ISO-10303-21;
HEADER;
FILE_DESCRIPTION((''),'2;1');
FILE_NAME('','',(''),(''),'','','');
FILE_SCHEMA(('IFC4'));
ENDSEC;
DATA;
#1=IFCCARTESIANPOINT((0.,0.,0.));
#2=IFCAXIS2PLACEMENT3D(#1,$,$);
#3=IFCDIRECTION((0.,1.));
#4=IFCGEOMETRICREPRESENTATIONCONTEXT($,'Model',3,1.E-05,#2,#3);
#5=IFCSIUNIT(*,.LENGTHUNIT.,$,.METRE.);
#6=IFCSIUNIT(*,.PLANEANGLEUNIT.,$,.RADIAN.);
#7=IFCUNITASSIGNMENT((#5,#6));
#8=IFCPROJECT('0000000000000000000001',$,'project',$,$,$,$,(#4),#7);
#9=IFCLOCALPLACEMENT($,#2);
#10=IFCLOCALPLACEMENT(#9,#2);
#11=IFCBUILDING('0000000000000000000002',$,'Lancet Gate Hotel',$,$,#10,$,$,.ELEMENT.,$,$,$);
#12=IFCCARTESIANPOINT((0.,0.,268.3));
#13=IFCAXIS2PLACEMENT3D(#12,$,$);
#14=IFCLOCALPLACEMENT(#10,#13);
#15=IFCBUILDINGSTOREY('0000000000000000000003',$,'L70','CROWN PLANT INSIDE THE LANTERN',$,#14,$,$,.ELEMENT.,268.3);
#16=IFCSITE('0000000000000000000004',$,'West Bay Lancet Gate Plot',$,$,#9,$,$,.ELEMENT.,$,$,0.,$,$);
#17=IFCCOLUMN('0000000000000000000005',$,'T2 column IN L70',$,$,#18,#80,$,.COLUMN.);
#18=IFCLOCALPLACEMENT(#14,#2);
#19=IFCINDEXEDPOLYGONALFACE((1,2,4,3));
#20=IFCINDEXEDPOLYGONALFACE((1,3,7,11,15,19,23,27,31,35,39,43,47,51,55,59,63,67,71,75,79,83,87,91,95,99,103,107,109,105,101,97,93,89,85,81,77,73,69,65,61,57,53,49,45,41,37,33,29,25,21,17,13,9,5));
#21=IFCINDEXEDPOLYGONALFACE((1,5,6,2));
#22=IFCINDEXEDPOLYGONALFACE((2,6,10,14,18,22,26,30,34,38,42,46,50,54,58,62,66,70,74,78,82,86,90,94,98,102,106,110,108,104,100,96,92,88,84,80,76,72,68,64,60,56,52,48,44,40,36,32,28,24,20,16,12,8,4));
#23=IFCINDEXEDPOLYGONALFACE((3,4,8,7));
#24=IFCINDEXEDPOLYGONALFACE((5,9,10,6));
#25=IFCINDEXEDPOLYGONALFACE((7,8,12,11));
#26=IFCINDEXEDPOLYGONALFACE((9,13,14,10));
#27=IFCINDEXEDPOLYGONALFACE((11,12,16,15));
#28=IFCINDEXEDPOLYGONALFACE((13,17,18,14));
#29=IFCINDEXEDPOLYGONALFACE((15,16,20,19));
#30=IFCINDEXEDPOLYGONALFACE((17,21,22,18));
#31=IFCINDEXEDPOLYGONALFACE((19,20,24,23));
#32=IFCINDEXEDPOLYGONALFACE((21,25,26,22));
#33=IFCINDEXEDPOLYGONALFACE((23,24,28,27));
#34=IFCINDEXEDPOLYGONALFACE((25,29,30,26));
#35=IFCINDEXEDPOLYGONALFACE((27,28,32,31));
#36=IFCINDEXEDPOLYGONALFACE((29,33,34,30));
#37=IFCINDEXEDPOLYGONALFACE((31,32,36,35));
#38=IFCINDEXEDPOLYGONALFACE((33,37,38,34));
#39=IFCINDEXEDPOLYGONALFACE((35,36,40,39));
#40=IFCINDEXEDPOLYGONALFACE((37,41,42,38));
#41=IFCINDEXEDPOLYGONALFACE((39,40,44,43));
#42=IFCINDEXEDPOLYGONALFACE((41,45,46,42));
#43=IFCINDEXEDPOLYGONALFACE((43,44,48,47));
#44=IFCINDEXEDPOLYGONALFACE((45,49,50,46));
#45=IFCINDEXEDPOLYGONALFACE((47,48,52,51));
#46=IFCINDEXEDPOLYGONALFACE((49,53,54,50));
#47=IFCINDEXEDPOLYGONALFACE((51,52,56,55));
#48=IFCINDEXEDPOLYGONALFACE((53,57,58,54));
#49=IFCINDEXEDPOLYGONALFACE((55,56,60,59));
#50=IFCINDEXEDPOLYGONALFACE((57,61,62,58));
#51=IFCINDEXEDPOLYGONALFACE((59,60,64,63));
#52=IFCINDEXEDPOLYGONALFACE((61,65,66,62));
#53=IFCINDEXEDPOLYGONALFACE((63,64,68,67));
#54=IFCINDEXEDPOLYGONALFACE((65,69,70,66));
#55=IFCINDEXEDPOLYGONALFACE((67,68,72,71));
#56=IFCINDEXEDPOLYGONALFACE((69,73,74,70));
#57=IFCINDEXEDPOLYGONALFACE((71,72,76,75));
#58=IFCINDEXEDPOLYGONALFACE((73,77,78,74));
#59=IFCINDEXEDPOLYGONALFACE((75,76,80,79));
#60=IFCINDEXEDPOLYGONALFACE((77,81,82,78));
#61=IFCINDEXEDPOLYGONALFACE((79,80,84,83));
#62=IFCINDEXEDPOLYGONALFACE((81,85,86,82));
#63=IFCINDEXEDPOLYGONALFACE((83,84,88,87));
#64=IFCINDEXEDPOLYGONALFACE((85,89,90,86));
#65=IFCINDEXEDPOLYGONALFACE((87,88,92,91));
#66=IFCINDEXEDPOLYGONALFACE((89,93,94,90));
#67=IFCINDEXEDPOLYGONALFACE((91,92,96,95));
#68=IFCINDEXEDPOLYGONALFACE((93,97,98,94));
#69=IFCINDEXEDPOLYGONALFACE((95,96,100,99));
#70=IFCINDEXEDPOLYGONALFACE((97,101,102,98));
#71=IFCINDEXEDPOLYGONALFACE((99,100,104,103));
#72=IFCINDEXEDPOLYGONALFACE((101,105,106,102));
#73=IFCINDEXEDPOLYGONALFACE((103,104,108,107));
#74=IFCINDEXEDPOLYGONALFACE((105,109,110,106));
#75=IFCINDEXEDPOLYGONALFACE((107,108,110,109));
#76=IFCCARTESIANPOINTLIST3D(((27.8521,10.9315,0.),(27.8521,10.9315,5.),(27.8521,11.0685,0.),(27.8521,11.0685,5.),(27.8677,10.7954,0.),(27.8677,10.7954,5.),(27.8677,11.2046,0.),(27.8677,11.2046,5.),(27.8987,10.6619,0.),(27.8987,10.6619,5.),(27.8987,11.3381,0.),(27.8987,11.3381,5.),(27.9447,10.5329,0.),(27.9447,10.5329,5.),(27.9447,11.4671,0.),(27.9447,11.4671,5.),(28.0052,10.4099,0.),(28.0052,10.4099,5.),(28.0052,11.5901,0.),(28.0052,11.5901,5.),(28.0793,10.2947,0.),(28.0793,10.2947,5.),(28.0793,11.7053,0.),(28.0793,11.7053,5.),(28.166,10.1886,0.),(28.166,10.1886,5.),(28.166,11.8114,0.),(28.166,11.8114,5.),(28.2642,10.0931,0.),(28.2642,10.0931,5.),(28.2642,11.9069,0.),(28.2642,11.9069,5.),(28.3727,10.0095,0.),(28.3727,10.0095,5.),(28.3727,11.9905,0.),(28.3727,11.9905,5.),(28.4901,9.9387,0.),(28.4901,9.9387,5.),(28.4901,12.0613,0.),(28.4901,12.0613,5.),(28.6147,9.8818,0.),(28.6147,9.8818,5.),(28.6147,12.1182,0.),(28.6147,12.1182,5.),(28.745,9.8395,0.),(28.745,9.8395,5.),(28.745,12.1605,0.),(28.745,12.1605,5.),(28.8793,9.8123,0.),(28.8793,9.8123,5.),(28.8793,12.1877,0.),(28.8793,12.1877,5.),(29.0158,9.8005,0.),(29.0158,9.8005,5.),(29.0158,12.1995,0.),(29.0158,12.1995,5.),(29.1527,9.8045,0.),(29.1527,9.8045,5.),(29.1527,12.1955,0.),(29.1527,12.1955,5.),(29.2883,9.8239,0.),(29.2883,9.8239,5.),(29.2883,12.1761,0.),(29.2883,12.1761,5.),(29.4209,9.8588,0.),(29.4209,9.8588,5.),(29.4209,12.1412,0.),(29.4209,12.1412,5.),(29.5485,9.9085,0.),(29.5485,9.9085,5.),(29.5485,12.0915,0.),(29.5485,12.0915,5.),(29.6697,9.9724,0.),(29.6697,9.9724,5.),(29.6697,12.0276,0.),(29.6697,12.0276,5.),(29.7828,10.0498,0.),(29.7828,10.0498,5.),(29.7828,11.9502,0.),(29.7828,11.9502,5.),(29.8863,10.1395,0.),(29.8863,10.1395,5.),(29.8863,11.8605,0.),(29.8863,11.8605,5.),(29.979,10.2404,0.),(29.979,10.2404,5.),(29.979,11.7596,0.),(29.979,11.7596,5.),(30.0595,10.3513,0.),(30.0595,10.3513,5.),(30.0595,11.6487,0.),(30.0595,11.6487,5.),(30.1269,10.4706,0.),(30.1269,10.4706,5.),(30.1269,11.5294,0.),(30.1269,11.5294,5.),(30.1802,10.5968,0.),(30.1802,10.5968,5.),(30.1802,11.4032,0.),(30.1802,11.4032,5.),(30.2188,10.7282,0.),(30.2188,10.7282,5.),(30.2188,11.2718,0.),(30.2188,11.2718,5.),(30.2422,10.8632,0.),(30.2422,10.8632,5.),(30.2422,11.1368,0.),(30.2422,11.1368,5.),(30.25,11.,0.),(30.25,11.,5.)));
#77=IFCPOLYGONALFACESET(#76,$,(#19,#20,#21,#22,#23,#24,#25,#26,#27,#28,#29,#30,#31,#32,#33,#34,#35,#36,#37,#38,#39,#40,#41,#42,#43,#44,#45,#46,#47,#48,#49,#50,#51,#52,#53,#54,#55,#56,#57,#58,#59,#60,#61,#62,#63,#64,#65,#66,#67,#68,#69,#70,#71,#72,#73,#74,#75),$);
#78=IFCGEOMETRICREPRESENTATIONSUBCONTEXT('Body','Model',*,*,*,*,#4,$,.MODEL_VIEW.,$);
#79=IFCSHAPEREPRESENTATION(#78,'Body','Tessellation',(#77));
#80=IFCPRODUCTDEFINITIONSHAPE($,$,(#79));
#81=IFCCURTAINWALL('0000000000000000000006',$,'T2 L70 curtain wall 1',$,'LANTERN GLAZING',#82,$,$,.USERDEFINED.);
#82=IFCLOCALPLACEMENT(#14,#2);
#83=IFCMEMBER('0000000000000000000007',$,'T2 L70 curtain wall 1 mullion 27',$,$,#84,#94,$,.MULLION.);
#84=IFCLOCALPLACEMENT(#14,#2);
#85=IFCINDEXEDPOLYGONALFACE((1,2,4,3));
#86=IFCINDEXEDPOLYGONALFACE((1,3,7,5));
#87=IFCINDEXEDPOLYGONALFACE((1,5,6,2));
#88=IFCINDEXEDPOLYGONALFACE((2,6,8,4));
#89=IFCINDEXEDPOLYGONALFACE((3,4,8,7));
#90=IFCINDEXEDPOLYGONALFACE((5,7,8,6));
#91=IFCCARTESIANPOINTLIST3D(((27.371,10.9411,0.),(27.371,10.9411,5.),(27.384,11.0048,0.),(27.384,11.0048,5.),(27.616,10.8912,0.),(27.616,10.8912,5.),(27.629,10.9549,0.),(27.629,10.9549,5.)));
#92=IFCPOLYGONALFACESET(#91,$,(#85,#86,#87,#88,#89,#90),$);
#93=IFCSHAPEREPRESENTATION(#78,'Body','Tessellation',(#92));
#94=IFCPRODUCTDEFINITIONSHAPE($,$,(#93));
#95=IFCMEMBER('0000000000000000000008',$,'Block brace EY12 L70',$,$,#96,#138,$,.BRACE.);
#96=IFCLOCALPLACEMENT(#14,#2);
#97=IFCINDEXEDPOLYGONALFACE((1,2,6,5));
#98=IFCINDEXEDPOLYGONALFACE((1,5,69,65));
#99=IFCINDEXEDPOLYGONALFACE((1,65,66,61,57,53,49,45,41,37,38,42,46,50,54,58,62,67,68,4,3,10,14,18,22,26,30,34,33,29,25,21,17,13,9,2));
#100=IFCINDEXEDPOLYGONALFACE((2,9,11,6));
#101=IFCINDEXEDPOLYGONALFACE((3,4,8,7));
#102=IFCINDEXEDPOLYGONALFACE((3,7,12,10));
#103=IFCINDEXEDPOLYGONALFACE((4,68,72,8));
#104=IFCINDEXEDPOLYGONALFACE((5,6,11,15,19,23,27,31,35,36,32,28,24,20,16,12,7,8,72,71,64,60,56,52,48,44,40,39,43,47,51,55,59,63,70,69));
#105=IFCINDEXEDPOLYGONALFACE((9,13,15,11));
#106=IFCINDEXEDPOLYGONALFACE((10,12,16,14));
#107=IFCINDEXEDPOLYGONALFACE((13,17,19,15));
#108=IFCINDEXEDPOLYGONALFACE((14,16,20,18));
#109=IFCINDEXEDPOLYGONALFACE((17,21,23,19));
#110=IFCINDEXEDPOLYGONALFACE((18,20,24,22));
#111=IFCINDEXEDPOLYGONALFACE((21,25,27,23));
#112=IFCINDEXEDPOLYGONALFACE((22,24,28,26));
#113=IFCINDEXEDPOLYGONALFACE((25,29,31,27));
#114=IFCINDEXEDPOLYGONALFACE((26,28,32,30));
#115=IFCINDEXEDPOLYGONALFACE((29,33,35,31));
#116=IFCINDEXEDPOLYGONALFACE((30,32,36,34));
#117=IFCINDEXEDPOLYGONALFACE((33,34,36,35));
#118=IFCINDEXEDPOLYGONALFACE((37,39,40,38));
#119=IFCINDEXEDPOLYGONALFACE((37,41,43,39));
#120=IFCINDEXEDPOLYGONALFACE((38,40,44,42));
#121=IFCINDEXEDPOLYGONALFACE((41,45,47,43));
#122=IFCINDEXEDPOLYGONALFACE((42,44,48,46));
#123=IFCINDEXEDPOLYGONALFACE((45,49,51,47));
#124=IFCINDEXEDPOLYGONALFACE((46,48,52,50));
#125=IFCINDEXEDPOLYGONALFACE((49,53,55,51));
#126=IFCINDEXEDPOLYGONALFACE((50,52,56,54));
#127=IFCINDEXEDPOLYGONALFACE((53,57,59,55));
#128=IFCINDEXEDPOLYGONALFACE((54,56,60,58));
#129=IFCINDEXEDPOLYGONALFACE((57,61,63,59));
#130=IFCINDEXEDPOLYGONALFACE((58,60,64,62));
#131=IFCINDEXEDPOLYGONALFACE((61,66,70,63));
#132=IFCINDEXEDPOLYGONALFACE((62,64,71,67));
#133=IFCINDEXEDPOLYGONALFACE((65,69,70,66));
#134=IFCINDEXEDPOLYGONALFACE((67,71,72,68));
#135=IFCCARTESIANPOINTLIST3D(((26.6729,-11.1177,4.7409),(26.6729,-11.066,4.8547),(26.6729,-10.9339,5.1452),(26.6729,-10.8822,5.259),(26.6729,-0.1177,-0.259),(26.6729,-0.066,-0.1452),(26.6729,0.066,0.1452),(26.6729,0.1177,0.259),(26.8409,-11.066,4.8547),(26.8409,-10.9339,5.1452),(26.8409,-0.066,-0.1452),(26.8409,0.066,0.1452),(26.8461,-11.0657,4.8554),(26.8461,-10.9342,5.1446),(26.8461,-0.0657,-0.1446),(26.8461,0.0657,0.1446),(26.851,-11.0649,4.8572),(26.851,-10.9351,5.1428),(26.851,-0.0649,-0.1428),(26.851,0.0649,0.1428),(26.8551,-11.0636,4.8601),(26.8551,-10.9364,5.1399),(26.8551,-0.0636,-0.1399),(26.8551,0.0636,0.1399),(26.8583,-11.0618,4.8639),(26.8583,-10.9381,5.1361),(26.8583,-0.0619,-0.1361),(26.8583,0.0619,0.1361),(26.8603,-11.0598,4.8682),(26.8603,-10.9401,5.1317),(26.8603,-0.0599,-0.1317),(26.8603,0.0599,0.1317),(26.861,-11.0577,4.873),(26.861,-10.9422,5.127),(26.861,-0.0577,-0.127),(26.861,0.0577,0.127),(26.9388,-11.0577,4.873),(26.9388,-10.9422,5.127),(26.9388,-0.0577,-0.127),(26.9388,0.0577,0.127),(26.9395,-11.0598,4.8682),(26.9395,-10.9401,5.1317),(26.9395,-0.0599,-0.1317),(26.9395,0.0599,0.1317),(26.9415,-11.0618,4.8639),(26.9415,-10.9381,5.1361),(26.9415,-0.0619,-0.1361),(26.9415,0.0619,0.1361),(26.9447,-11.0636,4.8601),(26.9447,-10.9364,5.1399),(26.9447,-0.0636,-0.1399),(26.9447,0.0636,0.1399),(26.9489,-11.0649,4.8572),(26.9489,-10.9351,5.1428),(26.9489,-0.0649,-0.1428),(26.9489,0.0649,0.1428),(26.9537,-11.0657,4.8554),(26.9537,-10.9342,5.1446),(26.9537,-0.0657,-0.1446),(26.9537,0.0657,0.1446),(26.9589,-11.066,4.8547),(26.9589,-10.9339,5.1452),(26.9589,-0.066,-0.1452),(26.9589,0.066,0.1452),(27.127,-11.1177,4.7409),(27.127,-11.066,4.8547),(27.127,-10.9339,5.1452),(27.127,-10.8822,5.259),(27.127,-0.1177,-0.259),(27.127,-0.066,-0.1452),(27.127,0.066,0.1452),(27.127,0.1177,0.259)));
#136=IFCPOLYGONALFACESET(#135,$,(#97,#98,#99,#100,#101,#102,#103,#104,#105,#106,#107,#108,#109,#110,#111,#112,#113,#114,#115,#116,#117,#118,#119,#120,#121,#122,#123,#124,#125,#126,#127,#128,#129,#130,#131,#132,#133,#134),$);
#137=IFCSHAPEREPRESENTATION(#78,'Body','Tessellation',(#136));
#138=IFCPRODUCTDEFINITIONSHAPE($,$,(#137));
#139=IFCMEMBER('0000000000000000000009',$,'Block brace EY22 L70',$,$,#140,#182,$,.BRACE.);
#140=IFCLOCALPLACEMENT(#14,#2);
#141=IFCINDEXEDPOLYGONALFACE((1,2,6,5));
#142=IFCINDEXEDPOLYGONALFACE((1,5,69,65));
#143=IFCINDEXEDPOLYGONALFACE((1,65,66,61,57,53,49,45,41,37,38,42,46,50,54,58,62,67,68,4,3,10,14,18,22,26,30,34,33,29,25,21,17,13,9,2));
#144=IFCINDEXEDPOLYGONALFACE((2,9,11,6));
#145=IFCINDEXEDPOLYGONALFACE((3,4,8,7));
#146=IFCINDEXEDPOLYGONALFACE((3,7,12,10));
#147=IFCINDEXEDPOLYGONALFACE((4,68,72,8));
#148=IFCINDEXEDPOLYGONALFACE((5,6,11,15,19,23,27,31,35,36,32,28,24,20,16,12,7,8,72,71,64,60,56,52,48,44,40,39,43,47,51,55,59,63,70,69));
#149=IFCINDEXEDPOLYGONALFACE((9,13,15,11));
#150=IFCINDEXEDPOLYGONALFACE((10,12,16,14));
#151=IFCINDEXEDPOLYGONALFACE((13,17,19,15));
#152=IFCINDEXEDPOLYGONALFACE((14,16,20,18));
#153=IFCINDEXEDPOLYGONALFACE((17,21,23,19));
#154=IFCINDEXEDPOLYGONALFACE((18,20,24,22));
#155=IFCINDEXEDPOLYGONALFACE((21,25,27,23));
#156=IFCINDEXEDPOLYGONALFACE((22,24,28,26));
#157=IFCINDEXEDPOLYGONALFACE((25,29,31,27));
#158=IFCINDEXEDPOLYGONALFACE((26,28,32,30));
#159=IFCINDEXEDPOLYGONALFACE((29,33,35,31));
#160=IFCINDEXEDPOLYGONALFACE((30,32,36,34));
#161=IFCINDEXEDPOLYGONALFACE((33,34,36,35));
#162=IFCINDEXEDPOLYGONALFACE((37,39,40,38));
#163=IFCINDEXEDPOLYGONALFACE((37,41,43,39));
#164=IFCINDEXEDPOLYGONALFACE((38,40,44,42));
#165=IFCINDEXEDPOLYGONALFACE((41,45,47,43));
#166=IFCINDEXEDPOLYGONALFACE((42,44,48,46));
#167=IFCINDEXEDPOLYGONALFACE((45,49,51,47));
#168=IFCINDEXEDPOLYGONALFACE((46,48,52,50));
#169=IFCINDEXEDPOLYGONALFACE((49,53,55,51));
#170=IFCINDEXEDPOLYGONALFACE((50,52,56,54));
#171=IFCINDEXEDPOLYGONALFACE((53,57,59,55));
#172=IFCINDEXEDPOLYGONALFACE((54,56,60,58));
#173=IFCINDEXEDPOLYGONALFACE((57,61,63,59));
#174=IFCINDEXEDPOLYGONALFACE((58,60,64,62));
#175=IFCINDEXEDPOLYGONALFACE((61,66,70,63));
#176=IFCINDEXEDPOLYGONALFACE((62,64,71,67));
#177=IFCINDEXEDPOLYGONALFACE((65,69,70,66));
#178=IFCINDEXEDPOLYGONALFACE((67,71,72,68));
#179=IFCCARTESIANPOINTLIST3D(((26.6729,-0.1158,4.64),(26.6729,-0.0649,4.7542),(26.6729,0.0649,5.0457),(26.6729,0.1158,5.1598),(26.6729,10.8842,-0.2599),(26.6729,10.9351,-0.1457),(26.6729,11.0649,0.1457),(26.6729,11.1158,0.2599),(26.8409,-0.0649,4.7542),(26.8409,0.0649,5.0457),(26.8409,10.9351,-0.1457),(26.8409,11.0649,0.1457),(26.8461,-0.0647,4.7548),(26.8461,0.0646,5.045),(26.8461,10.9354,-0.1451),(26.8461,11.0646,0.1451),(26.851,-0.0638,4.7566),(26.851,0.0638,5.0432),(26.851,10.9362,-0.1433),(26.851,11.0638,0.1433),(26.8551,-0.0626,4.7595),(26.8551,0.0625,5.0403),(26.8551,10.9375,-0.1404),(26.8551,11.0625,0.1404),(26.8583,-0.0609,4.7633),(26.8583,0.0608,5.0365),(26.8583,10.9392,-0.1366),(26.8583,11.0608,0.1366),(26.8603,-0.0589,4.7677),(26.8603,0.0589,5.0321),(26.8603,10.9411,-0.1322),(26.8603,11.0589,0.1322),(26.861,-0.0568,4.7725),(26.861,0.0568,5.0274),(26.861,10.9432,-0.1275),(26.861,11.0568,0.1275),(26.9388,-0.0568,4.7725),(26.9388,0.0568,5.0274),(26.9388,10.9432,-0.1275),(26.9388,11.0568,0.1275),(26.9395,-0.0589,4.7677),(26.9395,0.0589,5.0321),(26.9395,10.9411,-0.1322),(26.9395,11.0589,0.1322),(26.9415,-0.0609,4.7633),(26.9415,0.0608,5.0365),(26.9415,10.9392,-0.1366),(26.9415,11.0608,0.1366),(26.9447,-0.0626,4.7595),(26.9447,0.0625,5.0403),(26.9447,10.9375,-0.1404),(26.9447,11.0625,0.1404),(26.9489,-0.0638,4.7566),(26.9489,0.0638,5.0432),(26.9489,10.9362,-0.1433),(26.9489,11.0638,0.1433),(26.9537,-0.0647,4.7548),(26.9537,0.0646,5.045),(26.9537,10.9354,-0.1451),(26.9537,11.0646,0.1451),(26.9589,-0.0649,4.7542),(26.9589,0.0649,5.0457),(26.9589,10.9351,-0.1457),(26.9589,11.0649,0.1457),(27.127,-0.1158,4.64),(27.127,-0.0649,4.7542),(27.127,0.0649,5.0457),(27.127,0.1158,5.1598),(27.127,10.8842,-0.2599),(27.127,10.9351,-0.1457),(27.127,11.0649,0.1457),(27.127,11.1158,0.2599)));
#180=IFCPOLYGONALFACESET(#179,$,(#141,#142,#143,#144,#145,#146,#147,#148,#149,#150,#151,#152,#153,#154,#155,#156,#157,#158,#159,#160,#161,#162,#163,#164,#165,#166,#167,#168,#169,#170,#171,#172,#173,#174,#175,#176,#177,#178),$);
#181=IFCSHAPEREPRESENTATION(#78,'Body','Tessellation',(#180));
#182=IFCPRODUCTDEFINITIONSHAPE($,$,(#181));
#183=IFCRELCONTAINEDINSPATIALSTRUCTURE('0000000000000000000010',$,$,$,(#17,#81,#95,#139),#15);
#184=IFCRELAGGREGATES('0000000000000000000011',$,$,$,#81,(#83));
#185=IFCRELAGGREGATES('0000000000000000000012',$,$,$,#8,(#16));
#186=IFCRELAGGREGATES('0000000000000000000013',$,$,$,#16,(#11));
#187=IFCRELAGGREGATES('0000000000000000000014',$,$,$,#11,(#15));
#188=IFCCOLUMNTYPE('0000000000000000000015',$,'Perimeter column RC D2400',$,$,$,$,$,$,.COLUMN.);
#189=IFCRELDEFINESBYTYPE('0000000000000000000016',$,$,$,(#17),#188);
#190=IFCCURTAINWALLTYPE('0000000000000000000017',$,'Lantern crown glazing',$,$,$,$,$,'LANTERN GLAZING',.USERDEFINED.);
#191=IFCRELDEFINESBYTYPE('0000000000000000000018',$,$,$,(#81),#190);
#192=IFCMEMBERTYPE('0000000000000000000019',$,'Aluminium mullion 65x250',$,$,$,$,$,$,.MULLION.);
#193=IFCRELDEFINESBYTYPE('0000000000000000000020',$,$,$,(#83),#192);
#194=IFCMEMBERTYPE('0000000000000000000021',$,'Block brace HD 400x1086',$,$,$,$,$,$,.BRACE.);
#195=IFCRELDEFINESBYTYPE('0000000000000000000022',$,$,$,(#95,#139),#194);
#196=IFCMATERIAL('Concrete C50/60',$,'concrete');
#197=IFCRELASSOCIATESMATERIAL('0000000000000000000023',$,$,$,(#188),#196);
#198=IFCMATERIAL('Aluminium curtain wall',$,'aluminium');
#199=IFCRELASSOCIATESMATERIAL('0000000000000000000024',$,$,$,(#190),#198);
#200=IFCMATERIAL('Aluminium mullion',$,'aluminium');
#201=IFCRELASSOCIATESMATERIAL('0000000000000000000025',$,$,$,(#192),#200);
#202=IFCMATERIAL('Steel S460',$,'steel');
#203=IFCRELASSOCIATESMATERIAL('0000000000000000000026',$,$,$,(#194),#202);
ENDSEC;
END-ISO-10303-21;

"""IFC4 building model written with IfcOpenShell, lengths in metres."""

from ifc_helpers import new_model, si_unit, direction, frame, origin, origin_2d, place, context, subcontext, project, spatial, rectangle, circle, i_section, extrude, material, material_profile, profile_set, type_object, element, aggregate, save


model = new_model("IFC4")

# Units and contexts
model_context = context("Model", 3, precision=1e-05, world=origin(), true_north=direction((0.0, 1.0)))
body_context = subcontext(model_context, "Body", "Model", "MODEL_VIEW")
ifc_project = project(units=[si_unit("LENGTHUNIT", "METRE"), si_unit("PLANEANGLEUNIT", "RADIAN")], contexts=[model_context])

# Site, building, storey
site_placement = place(None, origin())
site = spatial("IfcSite", under=ifc_project, at=site_placement, Name="West Bay Lancet Gate Plot", CompositionType="ELEMENT", RefElevation=0.0)
building_placement = place(site_placement, origin())
building = spatial("IfcBuilding", under=site, at=building_placement, Name="Lancet Gate Hotel", CompositionType="ELEMENT")
storey_placement = place(building_placement, frame((0.0, 0.0, 268.3)))
storey = spatial("IfcBuildingStorey", under=building, at=storey_placement, Name="L70", Description="CROWN PLANT INSIDE THE LANTERN", CompositionType="ELEMENT", Elevation=268.3)

# Column
ifc_material_1 = material(Name="Concrete C50/60", Category="concrete")
ifc_material_profile_1 = material_profile(ifc_material_1, circle(Radius=1.2, at=origin_2d()), Name="RC D2400")
ifc_profile_set_1 = profile_set([ifc_material_profile_1], Name="Concrete C50/60")
column_type_1 = type_object("IfcColumnType", Name="Perimeter column RC D2400", PredefinedType="COLUMN", material=ifc_profile_set_1)
column_placement = place(storey_placement, frame((29.05, 11.0, 0.0), z_axis=(0.0, 0.0, 1.0), x_axis=(1.0, 0.0, 0.0)))
element("IfcColumn", 1, at=column_placement, inside=storey, type_object=column_type_1, Name="T2 column IN L70", PredefinedType="COLUMN", context=body_context, shape_type="SweptSolid", body=[
    extrude(circle(Radius=1.2, at=origin_2d()), origin(), (0.0, 0.0, 1.0), 5.0),
])

# Curtain wall, member
ifc_material_2 = material(Name="Aluminium curtain wall", Category="aluminium")
curtain_wall_type_1 = type_object("IfcCurtainWallType", Name="Lantern crown glazing", ElementType="LANTERN GLAZING", PredefinedType="USERDEFINED", material=ifc_material_2)
curtain_wall_1_placement = place(storey_placement, origin())
curtain_wall_1 = element("IfcCurtainWall", 2, at=curtain_wall_1_placement, inside=storey, type_object=curtain_wall_type_1, Name="T2 L70 curtain wall 1", ObjectType="LANTERN GLAZING", PredefinedType="USERDEFINED")
ifc_material_3 = material(Name="Aluminium mullion", Category="aluminium")
ifc_material_profile_2 = material_profile(ifc_material_3, rectangle(XDim=0.0649, YDim=0.25, at=origin_2d()), Name="MULLION 65x250")
ifc_profile_set_2 = profile_set([ifc_material_profile_2], Name="Aluminium mullion")
member_type_1 = type_object("IfcMemberType", Name="Aluminium mullion 65x250", PredefinedType="MULLION", material=ifc_profile_set_2)
member_1_placement = place(storey_placement, frame((27.5, 10.948, 0.0), z_axis=(0.0, 0.0, 1.0), x_axis=(-0.199533, -0.979891, 0.0)))
member_1 = element("IfcMember", 3, at=member_1_placement, type_object=member_type_1, Name="T2 L70 curtain wall 1 mullion 27", PredefinedType="MULLION", context=body_context, shape_type="SweptSolid", body=[
    extrude(rectangle(XDim=0.0649, YDim=0.25, at=origin_2d()), origin(), (0.0, 0.0, 1.0), 5.0),
])
aggregate(curtain_wall_1, [member_1])

# Members
ifc_material_4 = material(Name="Steel S460", Category="steel")
ifc_material_profile_3 = material_profile(ifc_material_4, i_section(OverallWidth=0.4541, OverallDepth=0.5691, WebThickness=0.0779, FlangeThickness=0.125, FilletRadius=0.02, at=origin_2d()), Name="HD 400x1086")
ifc_profile_set_3 = profile_set([ifc_material_profile_3], Name="Steel S460")
member_type_2 = type_object("IfcMemberType", Name="Block brace HD 400x1086", PredefinedType="BRACE", material=ifc_profile_set_3)
member_2_placement = place(storey_placement, frame((26.8999, 0.0, 0.0), z_axis=(0.0, -0.910366, 0.413803), x_axis=(1.0, 0.0, 0.0)))
element("IfcMember", 4, at=member_2_placement, inside=storey, type_object=member_type_2, Name="Block brace EY12 L70", PredefinedType="BRACE", context=body_context, shape_type="SweptSolid", body=[
    extrude(i_section(OverallWidth=0.4541, OverallDepth=0.5691, WebThickness=0.0779, FlangeThickness=0.125, FilletRadius=0.02, at=origin_2d()), origin(), (0.0, 0.0, 1.0), 12.083),
])
member_3_placement = place(storey_placement, frame((26.8999, 11.0, 0.0), z_axis=(0.0, -0.913472, 0.406902), x_axis=(1.0, 0.0, 0.0)))
element("IfcMember", 5, at=member_3_placement, inside=storey, type_object=member_type_2, Name="Block brace EY22 L70", PredefinedType="BRACE", context=body_context, shape_type="SweptSolid", body=[
    extrude(i_section(OverallWidth=0.4541, OverallDepth=0.5691, WebThickness=0.0779, FlangeThickness=0.125, FilletRadius=0.02, at=origin_2d()), origin(), (0.0, 0.0, 1.0), 12.042),
])

save(model, "model.ifc")
